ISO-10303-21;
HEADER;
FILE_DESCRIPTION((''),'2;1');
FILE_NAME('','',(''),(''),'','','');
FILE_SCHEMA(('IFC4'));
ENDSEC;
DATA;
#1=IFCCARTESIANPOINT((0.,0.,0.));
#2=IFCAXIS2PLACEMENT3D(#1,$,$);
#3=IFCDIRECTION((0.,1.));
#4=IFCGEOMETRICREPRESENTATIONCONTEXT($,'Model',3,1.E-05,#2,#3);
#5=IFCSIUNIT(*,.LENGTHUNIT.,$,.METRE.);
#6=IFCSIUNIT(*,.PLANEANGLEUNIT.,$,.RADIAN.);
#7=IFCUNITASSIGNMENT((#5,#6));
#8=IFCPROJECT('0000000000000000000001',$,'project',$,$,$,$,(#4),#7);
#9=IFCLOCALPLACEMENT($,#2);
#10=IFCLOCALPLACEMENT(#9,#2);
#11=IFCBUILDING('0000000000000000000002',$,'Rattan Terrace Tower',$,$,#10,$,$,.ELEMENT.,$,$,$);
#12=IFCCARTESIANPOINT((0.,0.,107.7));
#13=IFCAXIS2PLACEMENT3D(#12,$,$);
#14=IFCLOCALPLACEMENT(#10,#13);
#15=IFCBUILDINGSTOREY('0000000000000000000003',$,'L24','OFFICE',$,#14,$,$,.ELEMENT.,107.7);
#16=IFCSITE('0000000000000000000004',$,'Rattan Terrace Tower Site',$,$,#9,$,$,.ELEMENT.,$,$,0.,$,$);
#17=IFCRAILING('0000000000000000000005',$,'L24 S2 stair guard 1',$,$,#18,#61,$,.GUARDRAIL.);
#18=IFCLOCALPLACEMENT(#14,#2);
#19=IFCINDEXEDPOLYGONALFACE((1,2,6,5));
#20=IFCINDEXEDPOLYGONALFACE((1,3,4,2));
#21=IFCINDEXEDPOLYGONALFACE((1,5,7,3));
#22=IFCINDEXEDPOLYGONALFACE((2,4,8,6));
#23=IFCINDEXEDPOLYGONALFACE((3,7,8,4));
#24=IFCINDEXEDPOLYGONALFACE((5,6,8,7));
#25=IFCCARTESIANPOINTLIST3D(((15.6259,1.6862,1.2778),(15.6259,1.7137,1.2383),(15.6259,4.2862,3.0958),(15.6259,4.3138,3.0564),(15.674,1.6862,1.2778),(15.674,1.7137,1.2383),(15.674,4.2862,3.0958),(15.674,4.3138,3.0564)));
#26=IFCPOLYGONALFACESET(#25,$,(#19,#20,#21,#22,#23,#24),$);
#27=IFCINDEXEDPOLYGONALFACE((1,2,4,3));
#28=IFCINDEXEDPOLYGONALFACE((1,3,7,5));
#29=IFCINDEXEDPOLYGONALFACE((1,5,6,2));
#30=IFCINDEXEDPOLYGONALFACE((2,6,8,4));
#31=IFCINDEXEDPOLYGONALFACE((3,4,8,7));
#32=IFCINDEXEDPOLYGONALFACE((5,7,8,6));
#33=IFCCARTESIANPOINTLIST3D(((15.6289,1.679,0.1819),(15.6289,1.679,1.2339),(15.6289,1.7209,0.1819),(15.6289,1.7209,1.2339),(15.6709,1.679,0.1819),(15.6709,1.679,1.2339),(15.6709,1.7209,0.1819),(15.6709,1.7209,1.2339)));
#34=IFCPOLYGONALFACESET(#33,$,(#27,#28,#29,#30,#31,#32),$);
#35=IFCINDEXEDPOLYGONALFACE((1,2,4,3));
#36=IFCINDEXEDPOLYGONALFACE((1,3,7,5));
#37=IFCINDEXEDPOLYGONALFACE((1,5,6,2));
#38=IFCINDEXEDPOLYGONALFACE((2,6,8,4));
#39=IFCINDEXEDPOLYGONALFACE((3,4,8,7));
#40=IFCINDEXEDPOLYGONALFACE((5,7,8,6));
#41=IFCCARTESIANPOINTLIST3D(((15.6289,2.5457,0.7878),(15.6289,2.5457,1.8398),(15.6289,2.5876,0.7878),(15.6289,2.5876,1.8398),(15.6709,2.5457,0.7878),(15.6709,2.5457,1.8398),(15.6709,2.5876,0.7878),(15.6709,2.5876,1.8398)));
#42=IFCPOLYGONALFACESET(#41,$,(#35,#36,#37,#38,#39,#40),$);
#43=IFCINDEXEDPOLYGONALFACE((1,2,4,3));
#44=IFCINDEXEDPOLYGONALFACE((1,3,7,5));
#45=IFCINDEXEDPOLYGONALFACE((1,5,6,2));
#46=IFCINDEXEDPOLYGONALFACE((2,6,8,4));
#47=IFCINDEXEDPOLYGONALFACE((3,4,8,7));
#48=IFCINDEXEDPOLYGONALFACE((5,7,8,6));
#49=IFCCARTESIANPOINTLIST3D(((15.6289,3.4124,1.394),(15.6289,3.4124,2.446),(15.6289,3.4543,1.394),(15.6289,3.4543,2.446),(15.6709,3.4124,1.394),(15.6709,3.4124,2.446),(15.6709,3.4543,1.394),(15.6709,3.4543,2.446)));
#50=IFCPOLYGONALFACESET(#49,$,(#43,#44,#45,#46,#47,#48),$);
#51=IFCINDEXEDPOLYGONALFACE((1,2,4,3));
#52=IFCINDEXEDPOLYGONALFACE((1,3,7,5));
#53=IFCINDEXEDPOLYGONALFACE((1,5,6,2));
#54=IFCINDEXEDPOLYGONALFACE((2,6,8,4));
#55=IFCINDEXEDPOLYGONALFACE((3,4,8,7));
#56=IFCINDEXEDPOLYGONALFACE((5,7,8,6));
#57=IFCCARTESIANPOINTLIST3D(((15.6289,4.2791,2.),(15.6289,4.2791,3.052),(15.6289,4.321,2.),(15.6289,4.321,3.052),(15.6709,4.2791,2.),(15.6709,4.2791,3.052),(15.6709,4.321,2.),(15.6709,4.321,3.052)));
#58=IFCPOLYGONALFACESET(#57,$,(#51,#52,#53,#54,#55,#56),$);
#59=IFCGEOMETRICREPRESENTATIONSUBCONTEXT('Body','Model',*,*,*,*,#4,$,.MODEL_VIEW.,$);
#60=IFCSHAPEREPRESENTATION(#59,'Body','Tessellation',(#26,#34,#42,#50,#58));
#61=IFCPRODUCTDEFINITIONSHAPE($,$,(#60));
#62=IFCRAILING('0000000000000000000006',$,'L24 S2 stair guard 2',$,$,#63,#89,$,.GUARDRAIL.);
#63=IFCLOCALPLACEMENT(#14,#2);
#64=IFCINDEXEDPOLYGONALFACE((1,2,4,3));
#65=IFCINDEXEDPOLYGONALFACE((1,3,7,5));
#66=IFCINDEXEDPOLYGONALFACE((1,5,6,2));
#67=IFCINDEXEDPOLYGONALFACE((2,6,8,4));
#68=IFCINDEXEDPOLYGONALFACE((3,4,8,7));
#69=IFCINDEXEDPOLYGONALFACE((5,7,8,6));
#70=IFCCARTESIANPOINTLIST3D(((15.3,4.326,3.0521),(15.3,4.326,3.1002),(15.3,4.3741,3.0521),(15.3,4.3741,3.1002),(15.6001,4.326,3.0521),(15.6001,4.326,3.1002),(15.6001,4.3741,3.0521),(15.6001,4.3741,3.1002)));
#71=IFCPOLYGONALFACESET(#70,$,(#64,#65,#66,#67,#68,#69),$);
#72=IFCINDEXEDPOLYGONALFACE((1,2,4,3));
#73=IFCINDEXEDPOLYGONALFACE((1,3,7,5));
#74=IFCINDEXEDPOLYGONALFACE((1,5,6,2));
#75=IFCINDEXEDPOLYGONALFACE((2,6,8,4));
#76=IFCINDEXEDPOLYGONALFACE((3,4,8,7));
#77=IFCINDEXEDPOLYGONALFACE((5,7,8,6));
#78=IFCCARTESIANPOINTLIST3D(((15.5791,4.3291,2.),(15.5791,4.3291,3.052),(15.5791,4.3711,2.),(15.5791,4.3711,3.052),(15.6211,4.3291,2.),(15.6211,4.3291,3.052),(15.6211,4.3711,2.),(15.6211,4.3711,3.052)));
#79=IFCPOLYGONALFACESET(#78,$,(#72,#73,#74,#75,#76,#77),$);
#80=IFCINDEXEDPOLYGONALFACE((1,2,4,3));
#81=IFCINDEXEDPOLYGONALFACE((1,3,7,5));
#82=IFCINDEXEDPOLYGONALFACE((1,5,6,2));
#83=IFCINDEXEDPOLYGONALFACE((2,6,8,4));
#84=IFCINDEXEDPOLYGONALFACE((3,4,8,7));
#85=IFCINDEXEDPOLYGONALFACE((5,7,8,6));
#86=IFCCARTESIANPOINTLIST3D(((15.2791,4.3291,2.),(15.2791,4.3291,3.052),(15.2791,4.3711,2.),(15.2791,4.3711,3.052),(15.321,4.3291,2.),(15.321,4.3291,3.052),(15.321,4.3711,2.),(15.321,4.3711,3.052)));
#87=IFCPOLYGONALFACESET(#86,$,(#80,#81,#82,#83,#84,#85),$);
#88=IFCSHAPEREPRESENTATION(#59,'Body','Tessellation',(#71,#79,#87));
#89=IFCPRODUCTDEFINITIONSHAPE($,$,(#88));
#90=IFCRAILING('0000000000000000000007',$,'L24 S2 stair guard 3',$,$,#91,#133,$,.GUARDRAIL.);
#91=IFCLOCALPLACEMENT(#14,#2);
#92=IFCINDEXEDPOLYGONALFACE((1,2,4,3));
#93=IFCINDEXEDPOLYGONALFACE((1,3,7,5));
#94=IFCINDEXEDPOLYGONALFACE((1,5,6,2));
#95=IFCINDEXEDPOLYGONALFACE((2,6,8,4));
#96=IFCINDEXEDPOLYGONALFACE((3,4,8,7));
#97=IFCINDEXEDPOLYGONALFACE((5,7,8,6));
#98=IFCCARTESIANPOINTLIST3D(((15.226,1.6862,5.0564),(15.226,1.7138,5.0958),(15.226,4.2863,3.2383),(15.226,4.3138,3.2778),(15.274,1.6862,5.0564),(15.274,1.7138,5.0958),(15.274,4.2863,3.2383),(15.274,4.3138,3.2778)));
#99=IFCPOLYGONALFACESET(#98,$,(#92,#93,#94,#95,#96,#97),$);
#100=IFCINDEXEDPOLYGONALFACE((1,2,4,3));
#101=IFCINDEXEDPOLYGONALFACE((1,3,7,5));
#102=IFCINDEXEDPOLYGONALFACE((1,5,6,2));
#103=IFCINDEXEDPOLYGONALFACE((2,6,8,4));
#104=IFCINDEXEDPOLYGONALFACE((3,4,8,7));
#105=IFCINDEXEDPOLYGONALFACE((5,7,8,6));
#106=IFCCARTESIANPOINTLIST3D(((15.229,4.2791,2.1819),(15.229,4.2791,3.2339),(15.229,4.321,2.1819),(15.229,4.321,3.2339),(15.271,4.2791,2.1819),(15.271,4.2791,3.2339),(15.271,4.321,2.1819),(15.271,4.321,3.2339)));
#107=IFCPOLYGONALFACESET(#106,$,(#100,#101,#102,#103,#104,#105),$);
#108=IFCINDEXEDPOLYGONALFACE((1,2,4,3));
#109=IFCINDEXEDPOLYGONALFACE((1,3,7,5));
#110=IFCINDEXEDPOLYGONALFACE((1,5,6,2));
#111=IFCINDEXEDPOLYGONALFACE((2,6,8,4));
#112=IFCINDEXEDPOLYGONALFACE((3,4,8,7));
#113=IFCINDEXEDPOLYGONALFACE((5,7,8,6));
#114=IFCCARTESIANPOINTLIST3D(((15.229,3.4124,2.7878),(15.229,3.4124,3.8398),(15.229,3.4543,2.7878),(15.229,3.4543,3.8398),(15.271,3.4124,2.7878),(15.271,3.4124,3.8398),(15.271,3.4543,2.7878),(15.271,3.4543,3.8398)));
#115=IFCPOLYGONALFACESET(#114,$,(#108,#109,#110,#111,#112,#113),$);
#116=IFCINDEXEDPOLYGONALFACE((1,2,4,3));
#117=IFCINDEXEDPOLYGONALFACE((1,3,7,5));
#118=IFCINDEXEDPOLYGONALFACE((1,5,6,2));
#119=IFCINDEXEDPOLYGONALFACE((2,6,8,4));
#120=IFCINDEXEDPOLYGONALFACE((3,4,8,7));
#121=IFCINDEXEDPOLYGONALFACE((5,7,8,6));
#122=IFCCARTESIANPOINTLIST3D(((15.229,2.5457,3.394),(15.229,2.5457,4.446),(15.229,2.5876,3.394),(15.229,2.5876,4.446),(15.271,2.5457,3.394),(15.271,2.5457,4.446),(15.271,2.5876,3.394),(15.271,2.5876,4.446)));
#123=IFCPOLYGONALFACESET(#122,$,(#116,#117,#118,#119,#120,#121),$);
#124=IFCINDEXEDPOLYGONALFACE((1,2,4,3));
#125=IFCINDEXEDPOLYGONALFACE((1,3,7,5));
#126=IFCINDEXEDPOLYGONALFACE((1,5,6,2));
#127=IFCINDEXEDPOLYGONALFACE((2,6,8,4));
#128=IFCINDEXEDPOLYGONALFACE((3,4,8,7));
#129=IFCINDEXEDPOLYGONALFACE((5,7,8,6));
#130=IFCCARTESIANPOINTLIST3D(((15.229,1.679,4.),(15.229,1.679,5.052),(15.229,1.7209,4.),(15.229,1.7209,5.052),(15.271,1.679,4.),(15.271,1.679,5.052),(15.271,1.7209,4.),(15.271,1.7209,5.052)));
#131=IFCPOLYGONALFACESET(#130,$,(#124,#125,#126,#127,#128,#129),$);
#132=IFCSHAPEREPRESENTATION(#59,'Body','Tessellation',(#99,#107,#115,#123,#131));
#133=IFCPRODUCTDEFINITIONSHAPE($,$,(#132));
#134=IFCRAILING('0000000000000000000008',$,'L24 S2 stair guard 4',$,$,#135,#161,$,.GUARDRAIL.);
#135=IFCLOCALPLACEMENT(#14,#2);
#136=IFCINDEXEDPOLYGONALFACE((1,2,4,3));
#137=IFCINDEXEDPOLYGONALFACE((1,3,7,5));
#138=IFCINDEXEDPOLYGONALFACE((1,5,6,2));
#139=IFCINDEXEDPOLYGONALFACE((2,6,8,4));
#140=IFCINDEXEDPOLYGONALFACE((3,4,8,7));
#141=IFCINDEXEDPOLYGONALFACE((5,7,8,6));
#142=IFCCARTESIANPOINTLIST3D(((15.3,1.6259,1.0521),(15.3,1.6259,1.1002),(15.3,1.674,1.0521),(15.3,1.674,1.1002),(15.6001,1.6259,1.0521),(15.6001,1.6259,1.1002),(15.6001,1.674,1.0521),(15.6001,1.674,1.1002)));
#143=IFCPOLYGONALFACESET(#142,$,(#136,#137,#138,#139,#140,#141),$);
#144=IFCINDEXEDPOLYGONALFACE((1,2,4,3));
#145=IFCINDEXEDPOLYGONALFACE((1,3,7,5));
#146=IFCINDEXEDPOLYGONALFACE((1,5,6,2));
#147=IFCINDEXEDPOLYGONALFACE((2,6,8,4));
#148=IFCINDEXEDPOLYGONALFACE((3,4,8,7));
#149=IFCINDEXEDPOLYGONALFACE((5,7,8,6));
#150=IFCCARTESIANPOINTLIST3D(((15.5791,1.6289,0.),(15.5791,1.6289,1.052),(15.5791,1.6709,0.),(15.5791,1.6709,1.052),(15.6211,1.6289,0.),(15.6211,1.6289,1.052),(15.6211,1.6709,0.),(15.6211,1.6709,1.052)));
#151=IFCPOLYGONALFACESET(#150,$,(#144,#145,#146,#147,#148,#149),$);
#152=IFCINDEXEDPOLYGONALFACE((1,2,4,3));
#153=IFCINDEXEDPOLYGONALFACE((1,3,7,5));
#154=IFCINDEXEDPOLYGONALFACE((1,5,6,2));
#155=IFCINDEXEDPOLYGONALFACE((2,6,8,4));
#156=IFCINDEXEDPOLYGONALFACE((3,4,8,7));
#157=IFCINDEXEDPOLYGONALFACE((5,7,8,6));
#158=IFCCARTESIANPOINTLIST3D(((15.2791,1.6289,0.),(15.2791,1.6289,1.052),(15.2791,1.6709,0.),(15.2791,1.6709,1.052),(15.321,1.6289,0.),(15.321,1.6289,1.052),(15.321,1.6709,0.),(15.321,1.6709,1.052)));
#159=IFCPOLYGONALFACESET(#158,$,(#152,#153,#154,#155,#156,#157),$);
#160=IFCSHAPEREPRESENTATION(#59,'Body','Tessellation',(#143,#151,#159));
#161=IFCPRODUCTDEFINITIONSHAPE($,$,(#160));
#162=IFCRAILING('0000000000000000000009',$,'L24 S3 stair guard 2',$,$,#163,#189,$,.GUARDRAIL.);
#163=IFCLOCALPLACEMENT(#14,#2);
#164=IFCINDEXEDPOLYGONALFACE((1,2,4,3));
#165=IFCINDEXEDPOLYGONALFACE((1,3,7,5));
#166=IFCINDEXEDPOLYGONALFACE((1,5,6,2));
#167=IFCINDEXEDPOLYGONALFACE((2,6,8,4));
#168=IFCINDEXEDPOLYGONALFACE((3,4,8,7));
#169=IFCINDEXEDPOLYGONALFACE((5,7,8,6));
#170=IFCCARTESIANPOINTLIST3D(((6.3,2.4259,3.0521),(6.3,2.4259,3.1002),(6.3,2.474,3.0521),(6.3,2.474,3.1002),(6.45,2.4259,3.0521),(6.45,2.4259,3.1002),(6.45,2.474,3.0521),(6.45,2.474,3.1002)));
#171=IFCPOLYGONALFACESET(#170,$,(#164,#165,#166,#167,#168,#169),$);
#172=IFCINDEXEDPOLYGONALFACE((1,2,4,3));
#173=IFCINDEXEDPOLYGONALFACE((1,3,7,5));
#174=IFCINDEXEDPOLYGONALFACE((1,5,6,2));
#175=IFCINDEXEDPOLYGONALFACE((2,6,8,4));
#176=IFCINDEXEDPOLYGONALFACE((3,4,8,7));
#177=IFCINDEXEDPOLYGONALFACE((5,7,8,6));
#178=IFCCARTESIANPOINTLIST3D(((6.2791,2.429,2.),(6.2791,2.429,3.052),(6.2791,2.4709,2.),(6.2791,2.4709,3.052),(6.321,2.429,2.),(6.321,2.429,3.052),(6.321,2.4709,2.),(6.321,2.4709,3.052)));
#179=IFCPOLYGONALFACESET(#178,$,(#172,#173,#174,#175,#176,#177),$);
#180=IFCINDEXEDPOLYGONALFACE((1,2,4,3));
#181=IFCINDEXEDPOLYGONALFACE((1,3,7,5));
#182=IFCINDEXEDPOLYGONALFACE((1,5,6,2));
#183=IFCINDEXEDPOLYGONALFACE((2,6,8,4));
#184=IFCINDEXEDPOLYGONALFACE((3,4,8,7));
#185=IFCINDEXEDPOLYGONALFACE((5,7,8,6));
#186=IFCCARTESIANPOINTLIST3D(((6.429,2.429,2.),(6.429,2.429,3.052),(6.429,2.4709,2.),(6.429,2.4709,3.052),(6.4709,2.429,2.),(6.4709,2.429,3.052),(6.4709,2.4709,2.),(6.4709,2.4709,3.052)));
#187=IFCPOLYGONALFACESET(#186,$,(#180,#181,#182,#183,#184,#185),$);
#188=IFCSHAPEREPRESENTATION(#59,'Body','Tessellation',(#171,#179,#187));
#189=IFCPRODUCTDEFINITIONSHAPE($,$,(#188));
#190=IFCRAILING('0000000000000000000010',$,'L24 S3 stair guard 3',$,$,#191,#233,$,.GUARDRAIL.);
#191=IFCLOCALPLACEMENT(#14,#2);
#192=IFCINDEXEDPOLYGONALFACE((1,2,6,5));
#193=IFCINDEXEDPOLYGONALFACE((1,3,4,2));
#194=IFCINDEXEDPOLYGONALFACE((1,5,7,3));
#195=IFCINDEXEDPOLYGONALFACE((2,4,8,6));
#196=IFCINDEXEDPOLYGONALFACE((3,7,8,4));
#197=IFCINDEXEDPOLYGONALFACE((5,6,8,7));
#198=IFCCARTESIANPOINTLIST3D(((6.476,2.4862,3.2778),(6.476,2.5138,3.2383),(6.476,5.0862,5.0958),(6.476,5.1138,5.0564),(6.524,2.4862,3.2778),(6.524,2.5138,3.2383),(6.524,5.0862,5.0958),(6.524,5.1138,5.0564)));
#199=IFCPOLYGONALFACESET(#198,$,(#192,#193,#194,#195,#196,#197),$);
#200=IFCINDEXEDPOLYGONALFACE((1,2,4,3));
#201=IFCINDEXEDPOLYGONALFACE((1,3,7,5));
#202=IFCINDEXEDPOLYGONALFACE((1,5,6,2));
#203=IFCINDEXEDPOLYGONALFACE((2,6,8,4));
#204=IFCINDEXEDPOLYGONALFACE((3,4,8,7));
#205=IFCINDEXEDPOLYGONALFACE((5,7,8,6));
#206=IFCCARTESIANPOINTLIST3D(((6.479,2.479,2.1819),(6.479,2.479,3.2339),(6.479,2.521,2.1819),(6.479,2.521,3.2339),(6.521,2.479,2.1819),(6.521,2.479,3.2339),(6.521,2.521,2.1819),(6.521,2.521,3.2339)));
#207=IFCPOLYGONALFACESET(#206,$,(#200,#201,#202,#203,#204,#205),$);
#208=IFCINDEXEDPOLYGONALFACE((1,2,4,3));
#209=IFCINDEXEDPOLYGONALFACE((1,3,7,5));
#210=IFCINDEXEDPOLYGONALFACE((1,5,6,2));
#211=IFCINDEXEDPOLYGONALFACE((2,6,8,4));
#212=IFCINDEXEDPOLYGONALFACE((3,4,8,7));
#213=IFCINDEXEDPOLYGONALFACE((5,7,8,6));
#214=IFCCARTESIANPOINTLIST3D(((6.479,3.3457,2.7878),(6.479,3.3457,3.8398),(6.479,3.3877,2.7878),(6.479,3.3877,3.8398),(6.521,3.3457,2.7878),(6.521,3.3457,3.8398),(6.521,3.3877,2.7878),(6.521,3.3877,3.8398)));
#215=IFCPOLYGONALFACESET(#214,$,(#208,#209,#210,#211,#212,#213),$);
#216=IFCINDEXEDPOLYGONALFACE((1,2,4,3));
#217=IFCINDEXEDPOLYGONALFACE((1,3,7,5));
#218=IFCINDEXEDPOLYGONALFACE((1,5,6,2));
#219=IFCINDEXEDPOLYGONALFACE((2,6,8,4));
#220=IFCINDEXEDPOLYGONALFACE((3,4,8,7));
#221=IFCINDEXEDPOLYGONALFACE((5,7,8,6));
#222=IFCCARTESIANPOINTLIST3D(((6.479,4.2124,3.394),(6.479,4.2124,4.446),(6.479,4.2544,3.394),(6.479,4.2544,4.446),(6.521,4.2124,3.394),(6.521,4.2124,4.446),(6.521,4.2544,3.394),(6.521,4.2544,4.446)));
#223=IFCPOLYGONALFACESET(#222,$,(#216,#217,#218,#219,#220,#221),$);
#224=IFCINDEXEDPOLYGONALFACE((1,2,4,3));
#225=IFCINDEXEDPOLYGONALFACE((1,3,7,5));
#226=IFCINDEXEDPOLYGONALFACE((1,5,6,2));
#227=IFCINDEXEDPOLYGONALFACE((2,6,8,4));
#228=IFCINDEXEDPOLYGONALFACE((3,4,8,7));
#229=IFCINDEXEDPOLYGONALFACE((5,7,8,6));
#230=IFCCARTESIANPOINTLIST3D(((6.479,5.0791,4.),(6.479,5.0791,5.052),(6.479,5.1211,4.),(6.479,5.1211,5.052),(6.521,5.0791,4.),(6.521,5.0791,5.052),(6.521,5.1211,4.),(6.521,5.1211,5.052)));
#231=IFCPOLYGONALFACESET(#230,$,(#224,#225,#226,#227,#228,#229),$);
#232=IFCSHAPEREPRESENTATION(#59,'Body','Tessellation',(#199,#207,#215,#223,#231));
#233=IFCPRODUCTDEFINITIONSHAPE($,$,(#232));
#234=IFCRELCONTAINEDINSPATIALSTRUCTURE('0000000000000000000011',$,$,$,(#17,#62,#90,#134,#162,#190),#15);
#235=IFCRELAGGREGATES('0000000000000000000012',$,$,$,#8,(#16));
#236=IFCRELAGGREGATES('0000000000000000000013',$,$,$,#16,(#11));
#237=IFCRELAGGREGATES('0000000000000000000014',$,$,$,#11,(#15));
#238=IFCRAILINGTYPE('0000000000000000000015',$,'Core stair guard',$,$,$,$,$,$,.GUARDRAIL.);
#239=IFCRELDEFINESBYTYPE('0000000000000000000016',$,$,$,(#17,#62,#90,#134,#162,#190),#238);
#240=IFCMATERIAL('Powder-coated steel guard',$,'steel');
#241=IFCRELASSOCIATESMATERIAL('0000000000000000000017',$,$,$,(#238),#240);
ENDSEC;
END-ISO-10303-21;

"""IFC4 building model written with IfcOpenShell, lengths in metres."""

from ifc_helpers import new_model, si_unit, direction, frame, origin, origin_2d, place, context, subcontext, project, spatial, rectangle, extrude, material, type_object, element, save


model = new_model("IFC4")

# Units and contexts
model_context = context("Model", 3, precision=1e-05, world=origin(), true_north=direction((0.0, 1.0)))
body_context = subcontext(model_context, "Body", "Model", "MODEL_VIEW")
ifc_project = project(units=[si_unit("LENGTHUNIT", "METRE"), si_unit("PLANEANGLEUNIT", "RADIAN")], contexts=[model_context])

# Site, building, storey
site_placement = place(None, origin())
site = spatial("IfcSite", under=ifc_project, at=site_placement, Name="Rattan Terrace Tower Site", CompositionType="ELEMENT", RefElevation=0.0)
building_placement = place(site_placement, origin())
building = spatial("IfcBuilding", under=site, at=building_placement, Name="Rattan Terrace Tower", CompositionType="ELEMENT")
storey_placement = place(building_placement, frame((0.0, 0.0, 107.7)))
storey = spatial("IfcBuildingStorey", under=building, at=storey_placement, Name="L24", Description="OFFICE", CompositionType="ELEMENT", Elevation=107.7)

# Railings
ifc_material_1 = material(Name="Powder-coated steel guard", Category="steel")
railing_type_1 = type_object("IfcRailingType", Name="Core stair guard", PredefinedType="GUARDRAIL", material=ifc_material_1)
railing_1_placement = place(storey_placement, frame((15.6499, 1.7, 0.1819)))
element("IfcRailing", 1, at=railing_1_placement, inside=storey, type_object=railing_type_1, Name="L24 S2 stair guard 1", PredefinedType="GUARDRAIL", context=body_context, shape_type="SweptSolid", body=[
    extrude(rectangle(XDim=0.0481, YDim=0.0481, at=origin_2d()), frame((0.0, 0.0, 1.0762), z_axis=(0.0, 0.819521, 0.573049), x_axis=(-1.0, 0.0, 0.0)), (0.0, 0.0, 1.0), 3.1726),
    extrude(rectangle(XDim=0.042, YDim=0.042, at=origin_2d()), origin(), (0.0, 0.0, 1.0), 1.052),
    extrude(rectangle(XDim=0.042, YDim=0.042, at=origin_2d()), frame((0.0, 0.8667, 0.606)), (0.0, 0.0, 1.0), 1.052),
    extrude(rectangle(XDim=0.042, YDim=0.042, at=origin_2d()), frame((0.0, 1.7334, 1.2122)), (0.0, 0.0, 1.0), 1.052),
    extrude(rectangle(XDim=0.042, YDim=0.042, at=origin_2d()), frame((0.0, 2.6001, 1.8181)), (0.0, 0.0, 1.0), 1.052),
])
railing_2_placement = place(storey_placement, frame((15.6001, 4.3501, 2.0)))
element("IfcRailing", 2, at=railing_2_placement, inside=storey, type_object=railing_type_1, Name="L24 S2 stair guard 2", PredefinedType="GUARDRAIL", context=body_context, shape_type="SweptSolid", body=[
    extrude(rectangle(XDim=0.0481, YDim=0.0481, at=origin_2d()), frame((0.0, 0.0, 1.0762), z_axis=(-1.0, 0.0, 0.0), x_axis=(0.0, -1.0, 0.0)), (0.0, 0.0, 1.0), 0.3),
    extrude(rectangle(XDim=0.042, YDim=0.042, at=origin_2d()), origin(), (0.0, 0.0, 1.0), 1.052),
    extrude(rectangle(XDim=0.042, YDim=0.042, at=origin_2d()), frame((-0.3, 0.0, 0.0)), (0.0, 0.0, 1.0), 1.052),
])
railing_3_placement = place(storey_placement, frame((15.25, 4.3, 2.1819)))
element("IfcRailing", 3, at=railing_3_placement, inside=storey, type_object=railing_type_1, Name="L24 S2 stair guard 3", PredefinedType="GUARDRAIL", context=body_context, shape_type="SweptSolid", body=[
    extrude(rectangle(XDim=0.0481, YDim=0.0481, at=origin_2d()), frame((0.0, 0.0, 1.0762), z_axis=(0.0, -0.819521, 0.573049), x_axis=(1.0, 0.0, 0.0)), (0.0, 0.0, 1.0), 3.1726),
    extrude(rectangle(XDim=0.042, YDim=0.042, at=origin_2d()), origin(), (0.0, 0.0, 1.0), 1.052),
    extrude(rectangle(XDim=0.042, YDim=0.042, at=origin_2d()), frame((0.0, -0.8667, 0.606)), (0.0, 0.0, 1.0), 1.052),
    extrude(rectangle(XDim=0.042, YDim=0.042, at=origin_2d()), frame((0.0, -1.7334, 1.2122)), (0.0, 0.0, 1.0), 1.052),
    extrude(rectangle(XDim=0.042, YDim=0.042, at=origin_2d()), frame((0.0, -2.6001, 1.8181)), (0.0, 0.0, 1.0), 1.052),
])
railing_4_placement = place(storey_placement, frame((15.6001, 1.6499, 0.0)))
element("IfcRailing", 4, at=railing_4_placement, inside=storey, type_object=railing_type_1, Name="L24 S2 stair guard 4", PredefinedType="GUARDRAIL", context=body_context, shape_type="SweptSolid", body=[
    extrude(rectangle(XDim=0.0481, YDim=0.0481, at=origin_2d()), frame((0.0, 0.0, 1.0762), z_axis=(-1.0, 0.0, 0.0), x_axis=(0.0, -1.0, 0.0)), (0.0, 0.0, 1.0), 0.3),
    extrude(rectangle(XDim=0.042, YDim=0.042, at=origin_2d()), origin(), (0.0, 0.0, 1.0), 1.052),
    extrude(rectangle(XDim=0.042, YDim=0.042, at=origin_2d()), frame((-0.3, 0.0, 0.0)), (0.0, 0.0, 1.0), 1.052),
])
railing_5_placement = place(storey_placement, frame((6.3, 2.45, 2.0)))
element("IfcRailing", 5, at=railing_5_placement, inside=storey, type_object=railing_type_1, Name="L24 S3 stair guard 2", PredefinedType="GUARDRAIL", context=body_context, shape_type="SweptSolid", body=[
    extrude(rectangle(XDim=0.0481, YDim=0.0481, at=origin_2d()), frame((0.0, 0.0, 1.0762), z_axis=(1.0, 0.0, 0.0), x_axis=(0.0, 1.0, 0.0)), (0.0, 0.0, 1.0), 0.1499),
    extrude(rectangle(XDim=0.042, YDim=0.042, at=origin_2d()), origin(), (0.0, 0.0, 1.0), 1.052),
    extrude(rectangle(XDim=0.042, YDim=0.042, at=origin_2d()), frame((0.1499, 0.0, 0.0)), (0.0, 0.0, 1.0), 1.052),
])
railing_6_placement = place(storey_placement, frame((6.5, 2.5, 2.1819)))
element("IfcRailing", 6, at=railing_6_placement, inside=storey, type_object=railing_type_1, Name="L24 S3 stair guard 3", PredefinedType="GUARDRAIL", context=body_context, shape_type="SweptSolid", body=[
    extrude(rectangle(XDim=0.0481, YDim=0.0481, at=origin_2d()), frame((0.0, 0.0, 1.0762), z_axis=(0.0, 0.819521, 0.573049), x_axis=(-1.0, 0.0, 0.0)), (0.0, 0.0, 1.0), 3.1726),
    extrude(rectangle(XDim=0.042, YDim=0.042, at=origin_2d()), origin(), (0.0, 0.0, 1.0), 1.052),
    extrude(rectangle(XDim=0.042, YDim=0.042, at=origin_2d()), frame((0.0, 0.8667, 0.606)), (0.0, 0.0, 1.0), 1.052),
    extrude(rectangle(XDim=0.042, YDim=0.042, at=origin_2d()), frame((0.0, 1.7334, 1.2122)), (0.0, 0.0, 1.0), 1.052),
    extrude(rectangle(XDim=0.042, YDim=0.042, at=origin_2d()), frame((0.0, 2.6001, 1.8181)), (0.0, 0.0, 1.0), 1.052),
])

save(model, "model.ifc")
